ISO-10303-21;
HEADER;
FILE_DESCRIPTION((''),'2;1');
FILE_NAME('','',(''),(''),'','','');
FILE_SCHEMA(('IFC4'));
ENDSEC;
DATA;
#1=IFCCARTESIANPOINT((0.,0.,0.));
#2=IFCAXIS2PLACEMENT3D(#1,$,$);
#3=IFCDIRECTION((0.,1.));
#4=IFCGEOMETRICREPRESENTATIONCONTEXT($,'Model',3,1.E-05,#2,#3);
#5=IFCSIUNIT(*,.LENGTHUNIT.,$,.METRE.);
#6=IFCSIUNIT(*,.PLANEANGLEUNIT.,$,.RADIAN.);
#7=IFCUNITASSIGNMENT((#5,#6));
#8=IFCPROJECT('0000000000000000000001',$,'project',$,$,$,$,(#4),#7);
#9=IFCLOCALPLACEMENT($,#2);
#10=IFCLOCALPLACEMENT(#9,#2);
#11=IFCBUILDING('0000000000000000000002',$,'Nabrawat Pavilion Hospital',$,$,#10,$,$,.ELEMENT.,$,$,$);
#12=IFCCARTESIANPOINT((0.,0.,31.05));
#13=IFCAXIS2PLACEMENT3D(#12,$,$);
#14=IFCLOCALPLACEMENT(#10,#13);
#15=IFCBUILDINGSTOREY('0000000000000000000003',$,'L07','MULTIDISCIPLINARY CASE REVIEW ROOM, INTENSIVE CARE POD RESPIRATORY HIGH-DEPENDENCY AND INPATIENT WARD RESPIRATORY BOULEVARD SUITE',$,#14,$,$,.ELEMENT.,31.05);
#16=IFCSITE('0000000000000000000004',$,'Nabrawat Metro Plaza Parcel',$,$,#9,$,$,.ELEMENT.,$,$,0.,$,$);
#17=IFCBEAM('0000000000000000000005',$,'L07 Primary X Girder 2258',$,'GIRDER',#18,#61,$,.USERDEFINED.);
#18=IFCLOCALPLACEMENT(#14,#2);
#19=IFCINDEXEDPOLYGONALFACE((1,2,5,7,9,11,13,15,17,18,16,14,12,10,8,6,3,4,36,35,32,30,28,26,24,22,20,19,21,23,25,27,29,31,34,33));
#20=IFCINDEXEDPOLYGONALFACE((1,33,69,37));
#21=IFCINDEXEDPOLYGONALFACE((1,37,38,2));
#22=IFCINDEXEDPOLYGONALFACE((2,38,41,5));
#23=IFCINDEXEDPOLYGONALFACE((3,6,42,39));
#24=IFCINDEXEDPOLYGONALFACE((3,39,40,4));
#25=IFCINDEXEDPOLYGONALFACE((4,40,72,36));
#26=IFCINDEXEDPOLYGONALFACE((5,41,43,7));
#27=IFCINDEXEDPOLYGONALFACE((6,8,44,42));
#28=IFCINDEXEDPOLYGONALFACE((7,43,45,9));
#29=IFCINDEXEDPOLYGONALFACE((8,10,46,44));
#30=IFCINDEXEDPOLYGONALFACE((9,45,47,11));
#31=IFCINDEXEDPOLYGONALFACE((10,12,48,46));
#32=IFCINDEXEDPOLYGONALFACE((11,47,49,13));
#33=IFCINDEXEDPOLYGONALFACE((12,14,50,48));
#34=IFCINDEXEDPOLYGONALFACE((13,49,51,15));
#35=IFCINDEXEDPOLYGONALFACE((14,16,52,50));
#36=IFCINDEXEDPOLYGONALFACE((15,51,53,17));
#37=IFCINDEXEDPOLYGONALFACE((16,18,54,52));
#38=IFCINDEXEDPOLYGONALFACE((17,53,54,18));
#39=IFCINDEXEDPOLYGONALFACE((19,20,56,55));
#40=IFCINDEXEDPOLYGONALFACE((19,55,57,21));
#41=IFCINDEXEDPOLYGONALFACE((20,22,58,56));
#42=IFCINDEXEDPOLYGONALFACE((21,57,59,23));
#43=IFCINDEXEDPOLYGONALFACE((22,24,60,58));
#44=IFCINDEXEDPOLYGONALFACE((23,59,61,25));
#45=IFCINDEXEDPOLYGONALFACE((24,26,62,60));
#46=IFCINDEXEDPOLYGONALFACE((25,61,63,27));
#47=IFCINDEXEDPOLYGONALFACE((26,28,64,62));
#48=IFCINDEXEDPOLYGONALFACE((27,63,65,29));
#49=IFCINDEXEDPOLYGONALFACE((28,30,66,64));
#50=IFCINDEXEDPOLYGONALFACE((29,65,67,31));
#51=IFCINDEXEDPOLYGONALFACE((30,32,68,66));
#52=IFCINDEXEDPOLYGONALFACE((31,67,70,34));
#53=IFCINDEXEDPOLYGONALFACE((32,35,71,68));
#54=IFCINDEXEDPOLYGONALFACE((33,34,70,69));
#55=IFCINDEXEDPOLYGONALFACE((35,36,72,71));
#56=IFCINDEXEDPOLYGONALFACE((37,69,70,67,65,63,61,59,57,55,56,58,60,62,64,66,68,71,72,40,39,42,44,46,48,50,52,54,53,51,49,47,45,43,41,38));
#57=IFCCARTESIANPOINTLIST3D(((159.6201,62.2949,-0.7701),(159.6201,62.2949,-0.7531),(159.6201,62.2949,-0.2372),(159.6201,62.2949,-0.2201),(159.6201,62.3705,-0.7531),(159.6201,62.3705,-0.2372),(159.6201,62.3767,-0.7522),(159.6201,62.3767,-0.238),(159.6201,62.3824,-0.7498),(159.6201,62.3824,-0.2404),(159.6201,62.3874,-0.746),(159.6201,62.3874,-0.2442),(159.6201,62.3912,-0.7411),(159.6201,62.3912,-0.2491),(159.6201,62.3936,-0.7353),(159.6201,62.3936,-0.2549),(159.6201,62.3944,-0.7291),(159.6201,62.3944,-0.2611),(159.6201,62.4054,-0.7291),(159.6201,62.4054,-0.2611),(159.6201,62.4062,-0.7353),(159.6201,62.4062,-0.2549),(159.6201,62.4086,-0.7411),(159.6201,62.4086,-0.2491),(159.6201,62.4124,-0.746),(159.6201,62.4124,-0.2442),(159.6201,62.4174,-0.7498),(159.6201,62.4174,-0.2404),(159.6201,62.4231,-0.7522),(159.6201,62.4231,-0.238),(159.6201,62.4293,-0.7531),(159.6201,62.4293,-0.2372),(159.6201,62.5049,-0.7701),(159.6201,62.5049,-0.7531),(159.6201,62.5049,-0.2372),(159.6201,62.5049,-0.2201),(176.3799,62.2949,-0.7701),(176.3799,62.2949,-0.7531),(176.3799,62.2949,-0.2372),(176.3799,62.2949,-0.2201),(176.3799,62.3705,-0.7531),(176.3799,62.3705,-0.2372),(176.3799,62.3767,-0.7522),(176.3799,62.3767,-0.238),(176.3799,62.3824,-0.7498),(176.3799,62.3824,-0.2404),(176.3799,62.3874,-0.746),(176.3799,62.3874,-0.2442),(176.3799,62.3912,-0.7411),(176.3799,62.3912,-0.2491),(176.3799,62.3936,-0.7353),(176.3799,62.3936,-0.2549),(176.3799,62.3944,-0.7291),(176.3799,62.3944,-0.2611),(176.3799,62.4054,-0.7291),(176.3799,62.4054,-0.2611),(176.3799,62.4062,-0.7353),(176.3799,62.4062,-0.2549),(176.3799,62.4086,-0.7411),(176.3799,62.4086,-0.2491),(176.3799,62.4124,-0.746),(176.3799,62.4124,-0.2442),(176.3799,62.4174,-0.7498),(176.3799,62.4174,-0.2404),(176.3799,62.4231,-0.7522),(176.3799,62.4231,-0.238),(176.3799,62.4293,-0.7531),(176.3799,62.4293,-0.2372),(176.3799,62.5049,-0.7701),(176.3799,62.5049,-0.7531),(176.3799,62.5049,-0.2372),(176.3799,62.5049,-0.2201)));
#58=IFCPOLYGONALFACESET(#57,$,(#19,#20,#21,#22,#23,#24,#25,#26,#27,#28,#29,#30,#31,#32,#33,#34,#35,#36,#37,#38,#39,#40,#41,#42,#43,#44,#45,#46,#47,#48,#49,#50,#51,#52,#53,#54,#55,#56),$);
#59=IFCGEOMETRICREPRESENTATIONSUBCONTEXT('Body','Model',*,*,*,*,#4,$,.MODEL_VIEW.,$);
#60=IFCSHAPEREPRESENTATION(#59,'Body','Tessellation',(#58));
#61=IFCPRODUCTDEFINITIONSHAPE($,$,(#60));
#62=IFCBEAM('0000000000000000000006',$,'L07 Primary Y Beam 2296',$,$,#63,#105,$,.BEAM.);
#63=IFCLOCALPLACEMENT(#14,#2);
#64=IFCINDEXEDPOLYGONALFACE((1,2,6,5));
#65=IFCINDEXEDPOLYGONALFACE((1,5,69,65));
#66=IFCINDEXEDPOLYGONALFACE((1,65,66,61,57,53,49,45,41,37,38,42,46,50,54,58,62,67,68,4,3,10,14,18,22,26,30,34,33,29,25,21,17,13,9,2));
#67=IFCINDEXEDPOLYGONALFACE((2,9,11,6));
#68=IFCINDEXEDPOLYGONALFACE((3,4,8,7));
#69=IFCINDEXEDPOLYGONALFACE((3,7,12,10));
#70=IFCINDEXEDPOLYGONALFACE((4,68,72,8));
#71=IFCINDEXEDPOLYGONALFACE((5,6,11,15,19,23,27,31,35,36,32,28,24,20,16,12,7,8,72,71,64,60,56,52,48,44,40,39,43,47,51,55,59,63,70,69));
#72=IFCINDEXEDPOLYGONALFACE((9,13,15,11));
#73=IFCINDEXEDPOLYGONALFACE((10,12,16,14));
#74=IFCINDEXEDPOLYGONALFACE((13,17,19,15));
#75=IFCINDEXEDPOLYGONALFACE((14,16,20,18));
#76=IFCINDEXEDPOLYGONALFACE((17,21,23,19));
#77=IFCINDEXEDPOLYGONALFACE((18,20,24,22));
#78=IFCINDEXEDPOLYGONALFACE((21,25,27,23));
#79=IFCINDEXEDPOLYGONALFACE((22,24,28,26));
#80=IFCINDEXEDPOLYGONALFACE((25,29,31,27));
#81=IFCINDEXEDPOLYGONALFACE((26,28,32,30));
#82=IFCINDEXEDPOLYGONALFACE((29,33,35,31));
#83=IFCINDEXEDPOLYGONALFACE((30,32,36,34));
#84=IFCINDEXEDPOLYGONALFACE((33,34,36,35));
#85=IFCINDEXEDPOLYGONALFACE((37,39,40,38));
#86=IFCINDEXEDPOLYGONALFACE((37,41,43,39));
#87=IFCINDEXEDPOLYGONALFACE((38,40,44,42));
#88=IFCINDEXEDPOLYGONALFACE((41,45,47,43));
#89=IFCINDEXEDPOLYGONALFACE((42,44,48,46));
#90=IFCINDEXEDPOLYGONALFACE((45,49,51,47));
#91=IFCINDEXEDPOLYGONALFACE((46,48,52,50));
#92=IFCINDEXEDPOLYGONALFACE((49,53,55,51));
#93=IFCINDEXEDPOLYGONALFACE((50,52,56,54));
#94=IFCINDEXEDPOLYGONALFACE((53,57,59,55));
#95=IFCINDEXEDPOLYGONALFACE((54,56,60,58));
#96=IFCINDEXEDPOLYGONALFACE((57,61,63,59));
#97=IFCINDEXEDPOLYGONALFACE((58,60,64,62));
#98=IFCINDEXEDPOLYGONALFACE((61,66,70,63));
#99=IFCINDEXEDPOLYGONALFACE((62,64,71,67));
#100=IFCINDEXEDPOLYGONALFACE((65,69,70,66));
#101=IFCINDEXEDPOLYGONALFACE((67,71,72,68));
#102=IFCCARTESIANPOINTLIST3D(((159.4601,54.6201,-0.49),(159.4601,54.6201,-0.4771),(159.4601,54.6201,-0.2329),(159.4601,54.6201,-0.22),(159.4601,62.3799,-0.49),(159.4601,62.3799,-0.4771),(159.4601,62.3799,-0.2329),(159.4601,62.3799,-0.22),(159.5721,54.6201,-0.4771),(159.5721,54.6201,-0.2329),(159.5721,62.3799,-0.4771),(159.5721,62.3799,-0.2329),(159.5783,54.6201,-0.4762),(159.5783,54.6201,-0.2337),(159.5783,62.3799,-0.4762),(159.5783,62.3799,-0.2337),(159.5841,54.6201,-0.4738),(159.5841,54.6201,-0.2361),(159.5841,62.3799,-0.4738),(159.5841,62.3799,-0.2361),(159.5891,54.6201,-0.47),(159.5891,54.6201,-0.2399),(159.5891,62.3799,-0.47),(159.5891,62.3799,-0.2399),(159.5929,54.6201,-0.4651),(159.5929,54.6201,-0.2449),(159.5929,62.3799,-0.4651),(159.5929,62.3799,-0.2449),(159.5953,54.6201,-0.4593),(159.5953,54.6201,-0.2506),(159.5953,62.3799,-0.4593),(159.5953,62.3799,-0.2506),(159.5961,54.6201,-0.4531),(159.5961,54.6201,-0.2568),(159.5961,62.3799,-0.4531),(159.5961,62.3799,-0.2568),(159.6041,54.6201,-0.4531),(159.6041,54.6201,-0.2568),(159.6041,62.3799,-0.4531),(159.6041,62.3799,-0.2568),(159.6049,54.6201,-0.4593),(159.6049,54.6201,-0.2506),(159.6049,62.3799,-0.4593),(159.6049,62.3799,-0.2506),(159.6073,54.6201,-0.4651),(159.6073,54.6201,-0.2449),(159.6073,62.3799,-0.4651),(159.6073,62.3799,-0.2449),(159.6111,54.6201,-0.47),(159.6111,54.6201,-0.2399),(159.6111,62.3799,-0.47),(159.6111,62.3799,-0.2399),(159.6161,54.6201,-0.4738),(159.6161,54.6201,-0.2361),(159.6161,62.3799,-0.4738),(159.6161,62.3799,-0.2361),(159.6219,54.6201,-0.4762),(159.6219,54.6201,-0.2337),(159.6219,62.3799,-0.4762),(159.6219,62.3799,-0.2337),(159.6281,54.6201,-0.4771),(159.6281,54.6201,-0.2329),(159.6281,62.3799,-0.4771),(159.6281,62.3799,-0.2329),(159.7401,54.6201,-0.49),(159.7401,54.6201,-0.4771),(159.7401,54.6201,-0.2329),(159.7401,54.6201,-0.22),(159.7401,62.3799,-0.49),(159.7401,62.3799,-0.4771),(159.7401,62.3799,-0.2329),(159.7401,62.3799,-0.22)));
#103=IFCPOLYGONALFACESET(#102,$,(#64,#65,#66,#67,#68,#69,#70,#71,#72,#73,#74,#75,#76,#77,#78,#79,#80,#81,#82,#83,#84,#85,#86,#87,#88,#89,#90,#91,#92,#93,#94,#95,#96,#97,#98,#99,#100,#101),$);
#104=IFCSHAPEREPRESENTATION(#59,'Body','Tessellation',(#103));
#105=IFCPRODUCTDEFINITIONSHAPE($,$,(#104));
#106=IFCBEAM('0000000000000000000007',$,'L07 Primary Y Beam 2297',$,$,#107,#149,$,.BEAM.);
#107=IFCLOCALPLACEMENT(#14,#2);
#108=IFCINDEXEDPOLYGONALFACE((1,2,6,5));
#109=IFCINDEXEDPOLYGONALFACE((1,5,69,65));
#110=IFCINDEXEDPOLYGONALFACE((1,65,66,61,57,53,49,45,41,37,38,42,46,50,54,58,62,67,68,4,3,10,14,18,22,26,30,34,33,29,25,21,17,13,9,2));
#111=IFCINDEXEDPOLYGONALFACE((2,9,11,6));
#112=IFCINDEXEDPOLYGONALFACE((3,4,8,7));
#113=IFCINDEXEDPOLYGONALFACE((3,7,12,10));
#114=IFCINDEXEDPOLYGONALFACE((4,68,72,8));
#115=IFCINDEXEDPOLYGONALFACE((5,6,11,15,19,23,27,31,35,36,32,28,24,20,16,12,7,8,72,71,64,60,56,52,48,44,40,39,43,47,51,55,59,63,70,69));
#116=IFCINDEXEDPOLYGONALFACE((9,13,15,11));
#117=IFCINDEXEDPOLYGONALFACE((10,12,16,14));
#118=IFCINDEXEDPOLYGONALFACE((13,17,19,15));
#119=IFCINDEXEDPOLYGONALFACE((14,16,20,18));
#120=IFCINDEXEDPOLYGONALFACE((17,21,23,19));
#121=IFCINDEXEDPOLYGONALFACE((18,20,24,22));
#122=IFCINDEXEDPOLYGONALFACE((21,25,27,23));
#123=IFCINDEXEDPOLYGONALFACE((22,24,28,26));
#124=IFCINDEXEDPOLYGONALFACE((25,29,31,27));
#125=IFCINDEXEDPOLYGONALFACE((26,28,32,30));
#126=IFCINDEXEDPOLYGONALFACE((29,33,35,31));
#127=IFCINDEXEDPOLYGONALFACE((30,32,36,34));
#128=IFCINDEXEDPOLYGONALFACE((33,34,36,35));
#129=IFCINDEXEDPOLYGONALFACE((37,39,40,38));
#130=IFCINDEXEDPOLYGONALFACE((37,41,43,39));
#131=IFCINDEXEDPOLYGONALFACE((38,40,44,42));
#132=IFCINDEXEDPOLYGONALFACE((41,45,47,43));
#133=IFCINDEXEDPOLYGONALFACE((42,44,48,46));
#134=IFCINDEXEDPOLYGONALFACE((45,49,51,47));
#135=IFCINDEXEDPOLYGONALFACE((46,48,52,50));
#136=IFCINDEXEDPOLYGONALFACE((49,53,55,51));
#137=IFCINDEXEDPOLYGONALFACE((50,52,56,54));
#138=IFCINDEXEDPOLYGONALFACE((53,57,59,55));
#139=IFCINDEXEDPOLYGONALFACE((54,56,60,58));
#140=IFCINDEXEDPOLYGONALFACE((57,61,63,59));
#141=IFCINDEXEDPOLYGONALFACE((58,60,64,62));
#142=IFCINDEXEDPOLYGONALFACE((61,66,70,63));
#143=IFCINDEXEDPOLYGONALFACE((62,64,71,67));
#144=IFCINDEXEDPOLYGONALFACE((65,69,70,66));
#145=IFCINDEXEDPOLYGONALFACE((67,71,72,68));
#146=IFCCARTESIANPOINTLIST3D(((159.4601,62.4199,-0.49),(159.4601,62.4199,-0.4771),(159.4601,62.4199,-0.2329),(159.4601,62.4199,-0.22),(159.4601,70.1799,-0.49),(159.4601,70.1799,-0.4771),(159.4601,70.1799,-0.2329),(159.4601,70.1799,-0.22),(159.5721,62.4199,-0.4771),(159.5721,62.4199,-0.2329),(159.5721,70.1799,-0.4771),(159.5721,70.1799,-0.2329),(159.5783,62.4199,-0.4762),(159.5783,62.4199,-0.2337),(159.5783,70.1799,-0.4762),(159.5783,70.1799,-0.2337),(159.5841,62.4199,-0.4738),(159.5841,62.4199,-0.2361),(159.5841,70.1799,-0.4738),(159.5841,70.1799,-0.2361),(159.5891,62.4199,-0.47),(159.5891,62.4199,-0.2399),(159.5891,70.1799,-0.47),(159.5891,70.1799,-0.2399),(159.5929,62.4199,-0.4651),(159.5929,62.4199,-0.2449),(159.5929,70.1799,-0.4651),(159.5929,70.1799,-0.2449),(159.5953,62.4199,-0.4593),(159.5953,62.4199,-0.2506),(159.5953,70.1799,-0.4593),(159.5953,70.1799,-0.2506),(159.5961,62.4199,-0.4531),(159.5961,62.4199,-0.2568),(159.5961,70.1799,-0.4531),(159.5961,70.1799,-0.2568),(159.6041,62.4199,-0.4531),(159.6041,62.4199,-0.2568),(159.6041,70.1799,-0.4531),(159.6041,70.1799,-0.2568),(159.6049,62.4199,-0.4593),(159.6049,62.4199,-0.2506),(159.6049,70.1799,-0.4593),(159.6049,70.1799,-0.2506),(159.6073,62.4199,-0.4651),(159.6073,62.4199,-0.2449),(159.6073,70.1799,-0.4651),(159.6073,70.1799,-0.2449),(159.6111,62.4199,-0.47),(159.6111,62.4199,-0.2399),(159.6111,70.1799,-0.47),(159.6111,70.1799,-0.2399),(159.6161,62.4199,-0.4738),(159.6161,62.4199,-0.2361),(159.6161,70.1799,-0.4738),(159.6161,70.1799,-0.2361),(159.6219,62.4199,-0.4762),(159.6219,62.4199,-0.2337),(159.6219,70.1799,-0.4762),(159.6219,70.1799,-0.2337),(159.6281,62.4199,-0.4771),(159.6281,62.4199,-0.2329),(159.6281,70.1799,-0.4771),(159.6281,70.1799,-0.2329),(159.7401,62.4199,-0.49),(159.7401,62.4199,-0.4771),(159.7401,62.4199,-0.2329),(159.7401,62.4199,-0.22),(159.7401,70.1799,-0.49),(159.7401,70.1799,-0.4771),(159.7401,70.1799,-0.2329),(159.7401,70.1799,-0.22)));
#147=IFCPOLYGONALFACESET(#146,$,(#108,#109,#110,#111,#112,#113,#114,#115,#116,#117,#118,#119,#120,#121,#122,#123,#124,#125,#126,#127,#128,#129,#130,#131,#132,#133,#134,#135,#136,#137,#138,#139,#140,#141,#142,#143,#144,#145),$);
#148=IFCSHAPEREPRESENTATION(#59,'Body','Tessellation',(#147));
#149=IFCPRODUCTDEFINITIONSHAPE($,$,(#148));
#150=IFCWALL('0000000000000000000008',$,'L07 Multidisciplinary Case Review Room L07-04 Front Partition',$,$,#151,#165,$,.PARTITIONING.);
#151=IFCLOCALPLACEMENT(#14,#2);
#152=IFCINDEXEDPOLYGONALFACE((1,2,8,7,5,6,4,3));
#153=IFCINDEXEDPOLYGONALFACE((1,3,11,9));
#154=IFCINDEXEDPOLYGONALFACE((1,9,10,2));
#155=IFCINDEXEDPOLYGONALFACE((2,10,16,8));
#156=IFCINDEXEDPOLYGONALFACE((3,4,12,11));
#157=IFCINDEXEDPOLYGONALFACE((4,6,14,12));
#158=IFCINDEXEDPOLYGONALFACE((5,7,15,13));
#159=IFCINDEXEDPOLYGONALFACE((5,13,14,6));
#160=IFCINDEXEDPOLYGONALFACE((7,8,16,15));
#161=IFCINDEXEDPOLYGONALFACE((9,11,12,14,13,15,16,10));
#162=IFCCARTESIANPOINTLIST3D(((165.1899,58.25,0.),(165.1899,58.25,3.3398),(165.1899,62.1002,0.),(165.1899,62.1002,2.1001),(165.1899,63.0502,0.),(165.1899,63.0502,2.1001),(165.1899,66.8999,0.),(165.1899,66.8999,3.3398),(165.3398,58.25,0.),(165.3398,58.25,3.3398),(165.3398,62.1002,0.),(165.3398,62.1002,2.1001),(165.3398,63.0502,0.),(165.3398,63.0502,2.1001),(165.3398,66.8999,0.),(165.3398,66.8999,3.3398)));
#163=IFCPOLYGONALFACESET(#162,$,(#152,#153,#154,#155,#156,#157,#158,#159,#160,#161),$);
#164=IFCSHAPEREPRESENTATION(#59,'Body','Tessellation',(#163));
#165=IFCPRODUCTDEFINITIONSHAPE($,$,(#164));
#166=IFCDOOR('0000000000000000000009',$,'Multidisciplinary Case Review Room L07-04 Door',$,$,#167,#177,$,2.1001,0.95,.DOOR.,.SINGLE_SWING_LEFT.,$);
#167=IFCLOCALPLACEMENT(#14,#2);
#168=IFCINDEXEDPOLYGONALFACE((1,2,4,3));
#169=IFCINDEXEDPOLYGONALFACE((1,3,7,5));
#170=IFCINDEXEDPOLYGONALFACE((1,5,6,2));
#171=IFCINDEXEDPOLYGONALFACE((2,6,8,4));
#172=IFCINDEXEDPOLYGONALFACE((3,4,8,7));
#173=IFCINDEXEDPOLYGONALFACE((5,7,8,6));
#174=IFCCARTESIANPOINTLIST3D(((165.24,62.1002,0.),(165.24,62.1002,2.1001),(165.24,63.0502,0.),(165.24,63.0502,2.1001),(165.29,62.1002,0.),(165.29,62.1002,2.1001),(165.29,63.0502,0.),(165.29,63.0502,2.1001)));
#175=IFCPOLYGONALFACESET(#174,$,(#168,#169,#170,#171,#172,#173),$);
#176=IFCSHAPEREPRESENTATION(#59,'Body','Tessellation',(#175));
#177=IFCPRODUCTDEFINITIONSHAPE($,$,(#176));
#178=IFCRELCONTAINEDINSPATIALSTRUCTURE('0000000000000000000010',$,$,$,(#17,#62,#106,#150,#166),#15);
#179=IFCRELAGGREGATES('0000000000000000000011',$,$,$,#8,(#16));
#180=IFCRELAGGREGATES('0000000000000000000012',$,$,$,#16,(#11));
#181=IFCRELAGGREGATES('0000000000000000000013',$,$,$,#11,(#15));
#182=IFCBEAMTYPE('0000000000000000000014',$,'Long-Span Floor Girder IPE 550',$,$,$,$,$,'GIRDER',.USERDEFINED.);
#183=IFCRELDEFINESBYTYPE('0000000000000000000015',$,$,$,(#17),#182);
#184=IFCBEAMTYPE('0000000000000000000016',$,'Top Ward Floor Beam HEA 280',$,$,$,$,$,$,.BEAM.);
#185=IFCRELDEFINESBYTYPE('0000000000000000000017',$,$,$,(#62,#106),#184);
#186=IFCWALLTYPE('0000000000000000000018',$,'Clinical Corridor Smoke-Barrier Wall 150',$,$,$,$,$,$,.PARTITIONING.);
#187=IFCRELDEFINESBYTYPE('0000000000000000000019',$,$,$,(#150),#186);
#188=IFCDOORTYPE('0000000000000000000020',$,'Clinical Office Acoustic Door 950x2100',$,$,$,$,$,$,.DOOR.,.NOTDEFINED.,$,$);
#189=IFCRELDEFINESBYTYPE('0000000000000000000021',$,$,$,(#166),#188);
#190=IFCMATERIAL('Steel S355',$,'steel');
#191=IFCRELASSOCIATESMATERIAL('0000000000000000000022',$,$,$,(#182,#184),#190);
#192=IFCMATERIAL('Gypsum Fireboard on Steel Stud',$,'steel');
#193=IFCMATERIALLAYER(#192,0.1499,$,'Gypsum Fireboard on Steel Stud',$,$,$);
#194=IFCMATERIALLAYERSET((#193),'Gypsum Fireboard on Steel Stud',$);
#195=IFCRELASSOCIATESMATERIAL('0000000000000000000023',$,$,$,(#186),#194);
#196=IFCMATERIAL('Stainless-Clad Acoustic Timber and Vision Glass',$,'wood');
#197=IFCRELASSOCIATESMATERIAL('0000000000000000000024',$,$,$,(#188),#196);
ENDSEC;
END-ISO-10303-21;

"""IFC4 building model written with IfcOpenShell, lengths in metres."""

from ifc_helpers import new_model, si_unit, direction, frame, frame_2d, origin, origin_2d, place, context, subcontext, project, spatial, rectangle, i_section, extrude, material, layer, layer_set, material_profile, profile_set, type_object, element, fill, save


model = new_model("IFC4")

# Units and contexts
model_context = context("Model", 3, precision=1e-05, world=origin(), true_north=direction((0.0, 1.0)))
body_context = subcontext(model_context, "Body", "Model", "MODEL_VIEW")
ifc_project = project(units=[si_unit("LENGTHUNIT", "METRE"), si_unit("PLANEANGLEUNIT", "RADIAN")], contexts=[model_context])

# Site, building, storey
site_placement = place(None, origin())
site = spatial("IfcSite", under=ifc_project, at=site_placement, Name="Nabrawat Metro Plaza Parcel", CompositionType="ELEMENT", RefElevation=0.0)
building_placement = place(site_placement, origin())
building = spatial("IfcBuilding", under=site, at=building_placement, Name="Nabrawat Pavilion Hospital", CompositionType="ELEMENT")
storey_placement = place(building_placement, frame((0.0, 0.0, 31.05)))
storey = spatial("IfcBuildingStorey", under=building, at=storey_placement, Name="L07", Description="MULTIDISCIPLINARY CASE REVIEW ROOM, INTENSIVE CARE POD RESPIRATORY HIGH-DEPENDENCY AND INPATIENT WARD RESPIRATORY BOULEVARD SUITE", CompositionType="ELEMENT", Elevation=31.05)

# Beams
ifc_material_1 = material(Name="Steel S355", Category="steel")
ifc_material_profile_1 = material_profile(ifc_material_1, i_section(OverallWidth=0.21, OverallDepth=0.55, WebThickness=0.011, FlangeThickness=0.0171, FilletRadius=0.0239, at=origin_2d()), Name="IPE 550")
ifc_profile_set_1 = profile_set([ifc_material_profile_1], Name="Steel S355")
beam_type_1 = type_object("IfcBeamType", Name="Long-Span Floor Girder IPE 550", ElementType="GIRDER", PredefinedType="USERDEFINED", material=ifc_profile_set_1)
beam_1_placement = place(storey_placement, frame((159.6201, 62.3999, -0.4951), z_axis=(1.0, 0.0, 0.0), x_axis=(0.0, 1.0, 0.0)))
element("IfcBeam", 1, at=beam_1_placement, inside=storey, type_object=beam_type_1, Name="L07 Primary X Girder 2258", ObjectType="GIRDER", PredefinedType="USERDEFINED", context=body_context, shape_type="SweptSolid", body=[
    extrude(i_section(OverallWidth=0.21, OverallDepth=0.55, WebThickness=0.011, FlangeThickness=0.0171, FilletRadius=0.0239, at=origin_2d()), origin(), (0.0, 0.0, 1.0), 16.7598),
])
ifc_material_profile_2 = material_profile(ifc_material_1, i_section(OverallWidth=0.28, OverallDepth=0.27, WebThickness=0.0081, FlangeThickness=0.0129, FilletRadius=0.0239, at=origin_2d()), Name="HEA 280")
ifc_profile_set_2 = profile_set([ifc_material_profile_2], Name="Steel S355")
beam_type_2 = type_object("IfcBeamType", Name="Top Ward Floor Beam HEA 280", PredefinedType="BEAM", material=ifc_profile_set_2)
beam_2_placement = place(storey_placement, frame((159.6001, 54.6201, -0.355), z_axis=(0.0, 1.0, 0.0), x_axis=(-1.0, 0.0, 0.0)))
element("IfcBeam", 2, at=beam_2_placement, inside=storey, type_object=beam_type_2, Name="L07 Primary Y Beam 2296", PredefinedType="BEAM", context=body_context, shape_type="SweptSolid", body=[
    extrude(i_section(OverallWidth=0.28, OverallDepth=0.27, WebThickness=0.0081, FlangeThickness=0.0129, FilletRadius=0.0239, at=origin_2d()), origin(), (0.0, 0.0, 1.0), 7.7598),
])
beam_3_placement = place(storey_placement, frame((159.6001, 62.4199, -0.355), z_axis=(0.0, 1.0, 0.0), x_axis=(-1.0, 0.0, 0.0)))
element("IfcBeam", 3, at=beam_3_placement, inside=storey, type_object=beam_type_2, Name="L07 Primary Y Beam 2297", PredefinedType="BEAM", context=body_context, shape_type="SweptSolid", body=[
    extrude(i_section(OverallWidth=0.28, OverallDepth=0.27, WebThickness=0.0081, FlangeThickness=0.0129, FilletRadius=0.0239, at=origin_2d()), origin(), (0.0, 0.0, 1.0), 7.76),
])

# Wall, opening, door
ifc_material_2 = material(Name="Gypsum Fireboard on Steel Stud", Category="steel")
ifc_layer_1 = layer(ifc_material_2, 0.1499, Name="Gypsum Fireboard on Steel Stud")
ifc_layer_set_1 = layer_set([ifc_layer_1], Name="Gypsum Fireboard on Steel Stud")
wall_type_1 = type_object("IfcWallType", Name="Clinical Corridor Smoke-Barrier Wall 150", PredefinedType="PARTITIONING", material=ifc_layer_set_1)
ifc_material_3 = material(Name="Stainless-Clad Acoustic Timber and Vision Glass", Category="wood")
wall_1_placement = place(storey_placement, frame((165.2649, 58.25, 0.0), z_axis=(0.0, 0.0, 1.0), x_axis=(0.0, 1.0, 0.0)))
wall_1 = element("IfcWall", 4, at=wall_1_placement, inside=storey, type_object=wall_type_1, Name="L07 Multidisciplinary Case Review Room L07-04 Front Partition", PredefinedType="PARTITIONING", context=body_context, shape_type="SweptSolid", body=[
    extrude(rectangle(XDim=8.6499, YDim=0.1499, at=frame_2d((4.325, 0.0))), origin(), (0.0, 0.0, 1.0), 3.3398),
])
opening_1_placement = place(wall_1_placement, frame((3.8501, 0.0, 0.0)))
opening_1 = element("IfcOpeningElement", 5, at=opening_1_placement, cuts=wall_1, PredefinedType="OPENING", context=body_context, shape_type="SweptSolid", body=[
    extrude(rectangle(XDim=0.95, YDim=2.1001, at=frame_2d((0.4751, 1.05))), frame((0.0, 0.085, 0.0), z_axis=(0.0, -1.0, 0.0), x_axis=(1.0, 0.0, 0.0)), (0.0, 0.0, 1.0), 0.1699),
])
door_type_1 = type_object("IfcDoorType", Name="Clinical Office Acoustic Door 950x2100", OperationType="NOTDEFINED", PredefinedType="DOOR", material=ifc_material_3)
door_1_placement = place(opening_1_placement, origin())
door_1 = element("IfcDoor", 6, at=door_1_placement, inside=storey, type_object=door_type_1, Name="Multidisciplinary Case Review Room L07-04 Door", OperationType="SINGLE_SWING_LEFT", OverallHeight=2.1001, OverallWidth=0.95, PredefinedType="DOOR", context=body_context, shape_type="SweptSolid", body=[
    extrude(rectangle(XDim=0.95, YDim=2.1001, at=frame_2d((0.4751, 1.05))), frame((0.0, 0.0249, 0.0), z_axis=(0.0, -1.0, 0.0), x_axis=(1.0, 0.0, 0.0)), (0.0, 0.0, 1.0), 0.05),
])
fill(opening_1, door_1)

save(model, "model.ifc")
